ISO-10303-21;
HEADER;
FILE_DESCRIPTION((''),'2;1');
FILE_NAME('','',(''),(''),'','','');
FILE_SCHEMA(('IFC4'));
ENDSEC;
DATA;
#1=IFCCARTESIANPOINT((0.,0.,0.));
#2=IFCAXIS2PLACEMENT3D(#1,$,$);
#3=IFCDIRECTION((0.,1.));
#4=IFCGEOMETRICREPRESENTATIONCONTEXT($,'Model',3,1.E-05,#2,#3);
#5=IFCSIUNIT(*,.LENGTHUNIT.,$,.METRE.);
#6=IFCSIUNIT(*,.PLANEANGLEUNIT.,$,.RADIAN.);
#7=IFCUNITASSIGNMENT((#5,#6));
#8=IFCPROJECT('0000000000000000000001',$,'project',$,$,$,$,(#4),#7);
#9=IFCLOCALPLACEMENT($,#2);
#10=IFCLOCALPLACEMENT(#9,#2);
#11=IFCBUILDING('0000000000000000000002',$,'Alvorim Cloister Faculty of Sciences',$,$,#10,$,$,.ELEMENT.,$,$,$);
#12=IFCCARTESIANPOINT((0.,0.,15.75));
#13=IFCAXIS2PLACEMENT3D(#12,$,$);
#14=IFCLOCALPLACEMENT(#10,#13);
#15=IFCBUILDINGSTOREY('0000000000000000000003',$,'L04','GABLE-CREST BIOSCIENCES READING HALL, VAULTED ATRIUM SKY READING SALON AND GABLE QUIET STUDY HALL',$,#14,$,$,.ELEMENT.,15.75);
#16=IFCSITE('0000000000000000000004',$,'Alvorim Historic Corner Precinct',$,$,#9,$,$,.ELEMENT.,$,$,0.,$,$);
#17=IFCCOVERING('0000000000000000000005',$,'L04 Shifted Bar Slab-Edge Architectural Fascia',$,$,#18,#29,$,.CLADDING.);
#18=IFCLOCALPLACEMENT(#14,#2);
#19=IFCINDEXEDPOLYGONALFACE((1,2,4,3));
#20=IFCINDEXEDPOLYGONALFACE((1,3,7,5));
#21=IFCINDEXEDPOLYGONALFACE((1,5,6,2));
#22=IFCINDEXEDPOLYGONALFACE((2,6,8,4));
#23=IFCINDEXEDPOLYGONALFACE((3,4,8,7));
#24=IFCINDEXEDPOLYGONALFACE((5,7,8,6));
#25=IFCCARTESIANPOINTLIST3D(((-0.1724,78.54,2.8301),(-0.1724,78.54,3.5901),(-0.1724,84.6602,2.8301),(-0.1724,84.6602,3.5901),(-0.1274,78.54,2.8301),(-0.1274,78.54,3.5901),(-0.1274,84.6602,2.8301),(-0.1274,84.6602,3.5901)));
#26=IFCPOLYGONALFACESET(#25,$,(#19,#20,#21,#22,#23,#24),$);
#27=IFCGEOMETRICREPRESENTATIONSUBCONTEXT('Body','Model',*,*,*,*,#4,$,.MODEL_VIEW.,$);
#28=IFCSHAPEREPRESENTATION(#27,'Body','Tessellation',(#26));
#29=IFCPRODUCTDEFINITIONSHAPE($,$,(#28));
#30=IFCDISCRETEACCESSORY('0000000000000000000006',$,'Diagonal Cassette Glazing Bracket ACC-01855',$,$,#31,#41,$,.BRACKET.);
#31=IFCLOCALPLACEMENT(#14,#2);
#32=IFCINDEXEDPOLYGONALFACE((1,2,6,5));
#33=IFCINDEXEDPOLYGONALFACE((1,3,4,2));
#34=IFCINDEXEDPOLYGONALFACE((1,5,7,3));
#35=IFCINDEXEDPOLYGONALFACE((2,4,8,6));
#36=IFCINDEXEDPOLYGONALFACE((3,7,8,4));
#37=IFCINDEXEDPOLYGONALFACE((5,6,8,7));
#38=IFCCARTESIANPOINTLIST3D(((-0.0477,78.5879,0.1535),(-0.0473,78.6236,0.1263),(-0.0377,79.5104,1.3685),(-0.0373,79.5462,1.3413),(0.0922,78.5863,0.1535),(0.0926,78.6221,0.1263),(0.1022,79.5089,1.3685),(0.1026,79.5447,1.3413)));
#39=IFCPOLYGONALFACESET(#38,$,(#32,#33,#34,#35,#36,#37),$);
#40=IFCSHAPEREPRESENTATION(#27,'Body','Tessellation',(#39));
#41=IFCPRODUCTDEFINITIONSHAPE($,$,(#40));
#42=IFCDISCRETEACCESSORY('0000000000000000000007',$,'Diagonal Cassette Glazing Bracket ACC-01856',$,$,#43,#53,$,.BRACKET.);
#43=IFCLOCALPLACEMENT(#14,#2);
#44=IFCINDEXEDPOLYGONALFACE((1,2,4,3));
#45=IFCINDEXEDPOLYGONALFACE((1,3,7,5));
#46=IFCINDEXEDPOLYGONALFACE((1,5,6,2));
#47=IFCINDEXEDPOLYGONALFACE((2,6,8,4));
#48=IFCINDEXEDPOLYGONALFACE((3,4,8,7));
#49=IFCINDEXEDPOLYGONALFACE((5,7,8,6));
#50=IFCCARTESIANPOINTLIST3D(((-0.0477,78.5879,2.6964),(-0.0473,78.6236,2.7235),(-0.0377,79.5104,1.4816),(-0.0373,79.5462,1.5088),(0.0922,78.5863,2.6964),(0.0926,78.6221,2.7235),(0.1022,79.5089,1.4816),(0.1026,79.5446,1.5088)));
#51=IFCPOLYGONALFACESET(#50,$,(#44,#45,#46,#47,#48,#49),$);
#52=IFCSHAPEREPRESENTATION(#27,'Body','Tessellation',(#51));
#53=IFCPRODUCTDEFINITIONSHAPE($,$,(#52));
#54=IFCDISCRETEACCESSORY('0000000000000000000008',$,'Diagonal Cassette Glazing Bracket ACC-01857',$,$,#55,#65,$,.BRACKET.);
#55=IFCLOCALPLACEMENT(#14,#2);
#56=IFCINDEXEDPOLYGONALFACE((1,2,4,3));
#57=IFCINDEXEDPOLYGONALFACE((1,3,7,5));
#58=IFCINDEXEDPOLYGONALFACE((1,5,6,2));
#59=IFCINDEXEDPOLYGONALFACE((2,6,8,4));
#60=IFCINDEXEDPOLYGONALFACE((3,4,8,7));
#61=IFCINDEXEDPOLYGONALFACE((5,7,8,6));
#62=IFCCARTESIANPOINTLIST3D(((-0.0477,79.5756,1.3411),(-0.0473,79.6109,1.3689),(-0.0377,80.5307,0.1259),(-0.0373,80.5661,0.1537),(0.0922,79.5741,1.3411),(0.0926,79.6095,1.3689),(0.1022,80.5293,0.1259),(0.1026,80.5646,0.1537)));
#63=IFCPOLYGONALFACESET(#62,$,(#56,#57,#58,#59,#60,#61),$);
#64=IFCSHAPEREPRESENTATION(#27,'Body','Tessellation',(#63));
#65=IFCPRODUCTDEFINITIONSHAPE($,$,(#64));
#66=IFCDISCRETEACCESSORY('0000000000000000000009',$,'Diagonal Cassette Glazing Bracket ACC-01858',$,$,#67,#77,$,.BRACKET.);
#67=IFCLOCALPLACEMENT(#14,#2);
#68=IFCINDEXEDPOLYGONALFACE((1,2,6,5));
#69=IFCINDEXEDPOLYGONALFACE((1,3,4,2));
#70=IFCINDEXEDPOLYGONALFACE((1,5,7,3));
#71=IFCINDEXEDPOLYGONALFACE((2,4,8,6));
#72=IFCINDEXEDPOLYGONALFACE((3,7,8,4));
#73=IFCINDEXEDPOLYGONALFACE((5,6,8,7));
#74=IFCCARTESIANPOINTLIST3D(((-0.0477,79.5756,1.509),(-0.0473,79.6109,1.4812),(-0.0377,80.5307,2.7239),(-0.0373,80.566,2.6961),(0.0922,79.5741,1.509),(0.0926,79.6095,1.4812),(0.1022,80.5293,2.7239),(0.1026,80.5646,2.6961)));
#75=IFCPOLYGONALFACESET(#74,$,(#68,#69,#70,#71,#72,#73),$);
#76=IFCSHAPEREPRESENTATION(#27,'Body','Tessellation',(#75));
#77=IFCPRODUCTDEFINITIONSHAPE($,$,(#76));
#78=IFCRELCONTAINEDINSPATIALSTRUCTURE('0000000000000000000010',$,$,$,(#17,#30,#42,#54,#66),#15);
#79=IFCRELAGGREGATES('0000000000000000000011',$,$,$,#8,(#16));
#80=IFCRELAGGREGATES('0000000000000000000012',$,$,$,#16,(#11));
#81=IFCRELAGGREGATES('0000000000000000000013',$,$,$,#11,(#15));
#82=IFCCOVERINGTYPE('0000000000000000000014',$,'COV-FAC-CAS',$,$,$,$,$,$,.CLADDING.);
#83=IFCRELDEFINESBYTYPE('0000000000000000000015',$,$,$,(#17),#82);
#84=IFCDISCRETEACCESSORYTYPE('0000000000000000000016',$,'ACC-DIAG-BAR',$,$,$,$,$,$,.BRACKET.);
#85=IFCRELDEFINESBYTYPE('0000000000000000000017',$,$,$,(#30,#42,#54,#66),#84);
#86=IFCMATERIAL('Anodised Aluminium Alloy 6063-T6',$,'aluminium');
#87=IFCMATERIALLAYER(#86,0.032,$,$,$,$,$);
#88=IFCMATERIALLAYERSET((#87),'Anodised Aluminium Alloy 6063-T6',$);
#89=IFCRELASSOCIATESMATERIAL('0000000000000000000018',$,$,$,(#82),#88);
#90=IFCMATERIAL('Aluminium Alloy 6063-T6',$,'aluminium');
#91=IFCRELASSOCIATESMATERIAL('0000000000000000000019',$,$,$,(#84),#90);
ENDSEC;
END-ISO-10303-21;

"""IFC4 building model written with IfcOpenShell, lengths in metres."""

from ifc_helpers import new_model, si_unit, direction, frame, origin, origin_2d, place, context, subcontext, project, spatial, polyline, rectangle, outline, extrude, material, layer, layer_set, type_object, element, save


model = new_model("IFC4")

# Units and contexts
model_context = context("Model", 3, precision=1e-05, world=origin(), true_north=direction((0.0, 1.0)))
body_context = subcontext(model_context, "Body", "Model", "MODEL_VIEW")
ifc_project = project(units=[si_unit("LENGTHUNIT", "METRE"), si_unit("PLANEANGLEUNIT", "RADIAN")], contexts=[model_context])

# Site, building, storey
site_placement = place(None, origin())
site = spatial("IfcSite", under=ifc_project, at=site_placement, Name="Alvorim Historic Corner Precinct", CompositionType="ELEMENT", RefElevation=0.0)
building_placement = place(site_placement, origin())
building = spatial("IfcBuilding", under=site, at=building_placement, Name="Alvorim Cloister Faculty of Sciences", CompositionType="ELEMENT")
storey_placement = place(building_placement, frame((0.0, 0.0, 15.75)))
storey = spatial("IfcBuildingStorey", under=building, at=storey_placement, Name="L04", Description="GABLE-CREST BIOSCIENCES READING HALL, VAULTED ATRIUM SKY READING SALON AND GABLE QUIET STUDY HALL", CompositionType="ELEMENT", Elevation=15.75)

# Shared definitions
ifc_material_1 = material(Name="Aluminium Alloy 6063-T6", Category="aluminium")

# Covering
ifc_material_2 = material(Name="Anodised Aluminium Alloy 6063-T6", Category="aluminium")
ifc_layer_1 = layer(ifc_material_2, 0.032)
ifc_layer_set_1 = layer_set([ifc_layer_1], Name="Anodised Aluminium Alloy 6063-T6")
covering_type = type_object("IfcCoveringType", Name="COV-FAC-CAS", PredefinedType="CLADDING", material=ifc_layer_set_1)
covering_placement = place(storey_placement, frame((-0.1499, 78.54, 2.8301), z_axis=(0.0, 0.0, 1.0), x_axis=(0.0, 1.0, 0.0)))
element("IfcCovering", 1, at=covering_placement, inside=storey, type_object=covering_type, Name="L04 Shifted Bar Slab-Edge Architectural Fascia", PredefinedType="CLADDING", context=body_context, shape_type="SweptSolid", body=[
    extrude(outline(polyline([(0.0, 0.0), (6.1201, 0.0), (6.1201, 0.76), (0.0, 0.76), (0.0, 0.0)])), frame((0.0, 0.0225, 0.0), z_axis=(0.0, -1.0, 0.0), x_axis=(1.0, 0.0, 0.0)), (0.0, 0.0, 1.0), 0.0449),
])

# Discrete accessories
discrete_accessory_type = type_object("IfcDiscreteAccessoryType", Name="ACC-DIAG-BAR", PredefinedType="BRACKET", material=ifc_material_1)
discrete_accessory_1_placement = place(storey_placement, frame((0.0225, 78.605, 0.1399), z_axis=(0.006561, 0.604713, 0.796416), x_axis=(-0.999941, 0.010849, 0.0)))
element("IfcDiscreteAccessory", 2, at=discrete_accessory_1_placement, inside=storey, type_object=discrete_accessory_type, Name="Diagonal Cassette Glazing Bracket ACC-01855", PredefinedType="BRACKET", context=body_context, shape_type="SweptSolid", body=[
    extrude(rectangle(XDim=0.1399, YDim=0.0449, at=origin_2d()), origin(), (0.0, 0.0, 1.0), 1.5256),
])
discrete_accessory_2_placement = place(storey_placement, frame((0.0225, 78.605, 2.71), z_axis=(0.006562, 0.60479, -0.796358), x_axis=(-0.999941, 0.010849, 0.0)))
element("IfcDiscreteAccessory", 3, at=discrete_accessory_2_placement, inside=storey, type_object=discrete_accessory_type, Name="Diagonal Cassette Glazing Bracket ACC-01856", PredefinedType="BRACKET", context=body_context, shape_type="SweptSolid", body=[
    extrude(rectangle(XDim=0.1399, YDim=0.0449, at=origin_2d()), origin(), (0.0, 0.0, 1.0), 1.5254),
])
discrete_accessory_3_placement = place(storey_placement, frame((0.0225, 79.5925, 1.355), z_axis=(0.006477, 0.617955, -0.786187), x_axis=(-0.999945, 0.01048, 0.0)))
element("IfcDiscreteAccessory", 4, at=discrete_accessory_3_placement, inside=storey, type_object=discrete_accessory_type, Name="Diagonal Cassette Glazing Bracket ACC-01857", PredefinedType="BRACKET", context=body_context, shape_type="SweptSolid", body=[
    extrude(rectangle(XDim=0.1399, YDim=0.0449, at=origin_2d()), origin(), (0.0, 0.0, 1.0), 1.5457),
])
discrete_accessory_4_placement = place(storey_placement, frame((0.0225, 79.5925, 1.4951), z_axis=(0.006477, 0.618032, 0.786126), x_axis=(-0.999945, 0.01048, 0.0)))
element("IfcDiscreteAccessory", 5, at=discrete_accessory_4_placement, inside=storey, type_object=discrete_accessory_type, Name="Diagonal Cassette Glazing Bracket ACC-01858", PredefinedType="BRACKET", context=body_context, shape_type="SweptSolid", body=[
    extrude(rectangle(XDim=0.1399, YDim=0.0449, at=origin_2d()), origin(), (0.0, 0.0, 1.0), 1.5454),
])

save(model, "model.ifc")
